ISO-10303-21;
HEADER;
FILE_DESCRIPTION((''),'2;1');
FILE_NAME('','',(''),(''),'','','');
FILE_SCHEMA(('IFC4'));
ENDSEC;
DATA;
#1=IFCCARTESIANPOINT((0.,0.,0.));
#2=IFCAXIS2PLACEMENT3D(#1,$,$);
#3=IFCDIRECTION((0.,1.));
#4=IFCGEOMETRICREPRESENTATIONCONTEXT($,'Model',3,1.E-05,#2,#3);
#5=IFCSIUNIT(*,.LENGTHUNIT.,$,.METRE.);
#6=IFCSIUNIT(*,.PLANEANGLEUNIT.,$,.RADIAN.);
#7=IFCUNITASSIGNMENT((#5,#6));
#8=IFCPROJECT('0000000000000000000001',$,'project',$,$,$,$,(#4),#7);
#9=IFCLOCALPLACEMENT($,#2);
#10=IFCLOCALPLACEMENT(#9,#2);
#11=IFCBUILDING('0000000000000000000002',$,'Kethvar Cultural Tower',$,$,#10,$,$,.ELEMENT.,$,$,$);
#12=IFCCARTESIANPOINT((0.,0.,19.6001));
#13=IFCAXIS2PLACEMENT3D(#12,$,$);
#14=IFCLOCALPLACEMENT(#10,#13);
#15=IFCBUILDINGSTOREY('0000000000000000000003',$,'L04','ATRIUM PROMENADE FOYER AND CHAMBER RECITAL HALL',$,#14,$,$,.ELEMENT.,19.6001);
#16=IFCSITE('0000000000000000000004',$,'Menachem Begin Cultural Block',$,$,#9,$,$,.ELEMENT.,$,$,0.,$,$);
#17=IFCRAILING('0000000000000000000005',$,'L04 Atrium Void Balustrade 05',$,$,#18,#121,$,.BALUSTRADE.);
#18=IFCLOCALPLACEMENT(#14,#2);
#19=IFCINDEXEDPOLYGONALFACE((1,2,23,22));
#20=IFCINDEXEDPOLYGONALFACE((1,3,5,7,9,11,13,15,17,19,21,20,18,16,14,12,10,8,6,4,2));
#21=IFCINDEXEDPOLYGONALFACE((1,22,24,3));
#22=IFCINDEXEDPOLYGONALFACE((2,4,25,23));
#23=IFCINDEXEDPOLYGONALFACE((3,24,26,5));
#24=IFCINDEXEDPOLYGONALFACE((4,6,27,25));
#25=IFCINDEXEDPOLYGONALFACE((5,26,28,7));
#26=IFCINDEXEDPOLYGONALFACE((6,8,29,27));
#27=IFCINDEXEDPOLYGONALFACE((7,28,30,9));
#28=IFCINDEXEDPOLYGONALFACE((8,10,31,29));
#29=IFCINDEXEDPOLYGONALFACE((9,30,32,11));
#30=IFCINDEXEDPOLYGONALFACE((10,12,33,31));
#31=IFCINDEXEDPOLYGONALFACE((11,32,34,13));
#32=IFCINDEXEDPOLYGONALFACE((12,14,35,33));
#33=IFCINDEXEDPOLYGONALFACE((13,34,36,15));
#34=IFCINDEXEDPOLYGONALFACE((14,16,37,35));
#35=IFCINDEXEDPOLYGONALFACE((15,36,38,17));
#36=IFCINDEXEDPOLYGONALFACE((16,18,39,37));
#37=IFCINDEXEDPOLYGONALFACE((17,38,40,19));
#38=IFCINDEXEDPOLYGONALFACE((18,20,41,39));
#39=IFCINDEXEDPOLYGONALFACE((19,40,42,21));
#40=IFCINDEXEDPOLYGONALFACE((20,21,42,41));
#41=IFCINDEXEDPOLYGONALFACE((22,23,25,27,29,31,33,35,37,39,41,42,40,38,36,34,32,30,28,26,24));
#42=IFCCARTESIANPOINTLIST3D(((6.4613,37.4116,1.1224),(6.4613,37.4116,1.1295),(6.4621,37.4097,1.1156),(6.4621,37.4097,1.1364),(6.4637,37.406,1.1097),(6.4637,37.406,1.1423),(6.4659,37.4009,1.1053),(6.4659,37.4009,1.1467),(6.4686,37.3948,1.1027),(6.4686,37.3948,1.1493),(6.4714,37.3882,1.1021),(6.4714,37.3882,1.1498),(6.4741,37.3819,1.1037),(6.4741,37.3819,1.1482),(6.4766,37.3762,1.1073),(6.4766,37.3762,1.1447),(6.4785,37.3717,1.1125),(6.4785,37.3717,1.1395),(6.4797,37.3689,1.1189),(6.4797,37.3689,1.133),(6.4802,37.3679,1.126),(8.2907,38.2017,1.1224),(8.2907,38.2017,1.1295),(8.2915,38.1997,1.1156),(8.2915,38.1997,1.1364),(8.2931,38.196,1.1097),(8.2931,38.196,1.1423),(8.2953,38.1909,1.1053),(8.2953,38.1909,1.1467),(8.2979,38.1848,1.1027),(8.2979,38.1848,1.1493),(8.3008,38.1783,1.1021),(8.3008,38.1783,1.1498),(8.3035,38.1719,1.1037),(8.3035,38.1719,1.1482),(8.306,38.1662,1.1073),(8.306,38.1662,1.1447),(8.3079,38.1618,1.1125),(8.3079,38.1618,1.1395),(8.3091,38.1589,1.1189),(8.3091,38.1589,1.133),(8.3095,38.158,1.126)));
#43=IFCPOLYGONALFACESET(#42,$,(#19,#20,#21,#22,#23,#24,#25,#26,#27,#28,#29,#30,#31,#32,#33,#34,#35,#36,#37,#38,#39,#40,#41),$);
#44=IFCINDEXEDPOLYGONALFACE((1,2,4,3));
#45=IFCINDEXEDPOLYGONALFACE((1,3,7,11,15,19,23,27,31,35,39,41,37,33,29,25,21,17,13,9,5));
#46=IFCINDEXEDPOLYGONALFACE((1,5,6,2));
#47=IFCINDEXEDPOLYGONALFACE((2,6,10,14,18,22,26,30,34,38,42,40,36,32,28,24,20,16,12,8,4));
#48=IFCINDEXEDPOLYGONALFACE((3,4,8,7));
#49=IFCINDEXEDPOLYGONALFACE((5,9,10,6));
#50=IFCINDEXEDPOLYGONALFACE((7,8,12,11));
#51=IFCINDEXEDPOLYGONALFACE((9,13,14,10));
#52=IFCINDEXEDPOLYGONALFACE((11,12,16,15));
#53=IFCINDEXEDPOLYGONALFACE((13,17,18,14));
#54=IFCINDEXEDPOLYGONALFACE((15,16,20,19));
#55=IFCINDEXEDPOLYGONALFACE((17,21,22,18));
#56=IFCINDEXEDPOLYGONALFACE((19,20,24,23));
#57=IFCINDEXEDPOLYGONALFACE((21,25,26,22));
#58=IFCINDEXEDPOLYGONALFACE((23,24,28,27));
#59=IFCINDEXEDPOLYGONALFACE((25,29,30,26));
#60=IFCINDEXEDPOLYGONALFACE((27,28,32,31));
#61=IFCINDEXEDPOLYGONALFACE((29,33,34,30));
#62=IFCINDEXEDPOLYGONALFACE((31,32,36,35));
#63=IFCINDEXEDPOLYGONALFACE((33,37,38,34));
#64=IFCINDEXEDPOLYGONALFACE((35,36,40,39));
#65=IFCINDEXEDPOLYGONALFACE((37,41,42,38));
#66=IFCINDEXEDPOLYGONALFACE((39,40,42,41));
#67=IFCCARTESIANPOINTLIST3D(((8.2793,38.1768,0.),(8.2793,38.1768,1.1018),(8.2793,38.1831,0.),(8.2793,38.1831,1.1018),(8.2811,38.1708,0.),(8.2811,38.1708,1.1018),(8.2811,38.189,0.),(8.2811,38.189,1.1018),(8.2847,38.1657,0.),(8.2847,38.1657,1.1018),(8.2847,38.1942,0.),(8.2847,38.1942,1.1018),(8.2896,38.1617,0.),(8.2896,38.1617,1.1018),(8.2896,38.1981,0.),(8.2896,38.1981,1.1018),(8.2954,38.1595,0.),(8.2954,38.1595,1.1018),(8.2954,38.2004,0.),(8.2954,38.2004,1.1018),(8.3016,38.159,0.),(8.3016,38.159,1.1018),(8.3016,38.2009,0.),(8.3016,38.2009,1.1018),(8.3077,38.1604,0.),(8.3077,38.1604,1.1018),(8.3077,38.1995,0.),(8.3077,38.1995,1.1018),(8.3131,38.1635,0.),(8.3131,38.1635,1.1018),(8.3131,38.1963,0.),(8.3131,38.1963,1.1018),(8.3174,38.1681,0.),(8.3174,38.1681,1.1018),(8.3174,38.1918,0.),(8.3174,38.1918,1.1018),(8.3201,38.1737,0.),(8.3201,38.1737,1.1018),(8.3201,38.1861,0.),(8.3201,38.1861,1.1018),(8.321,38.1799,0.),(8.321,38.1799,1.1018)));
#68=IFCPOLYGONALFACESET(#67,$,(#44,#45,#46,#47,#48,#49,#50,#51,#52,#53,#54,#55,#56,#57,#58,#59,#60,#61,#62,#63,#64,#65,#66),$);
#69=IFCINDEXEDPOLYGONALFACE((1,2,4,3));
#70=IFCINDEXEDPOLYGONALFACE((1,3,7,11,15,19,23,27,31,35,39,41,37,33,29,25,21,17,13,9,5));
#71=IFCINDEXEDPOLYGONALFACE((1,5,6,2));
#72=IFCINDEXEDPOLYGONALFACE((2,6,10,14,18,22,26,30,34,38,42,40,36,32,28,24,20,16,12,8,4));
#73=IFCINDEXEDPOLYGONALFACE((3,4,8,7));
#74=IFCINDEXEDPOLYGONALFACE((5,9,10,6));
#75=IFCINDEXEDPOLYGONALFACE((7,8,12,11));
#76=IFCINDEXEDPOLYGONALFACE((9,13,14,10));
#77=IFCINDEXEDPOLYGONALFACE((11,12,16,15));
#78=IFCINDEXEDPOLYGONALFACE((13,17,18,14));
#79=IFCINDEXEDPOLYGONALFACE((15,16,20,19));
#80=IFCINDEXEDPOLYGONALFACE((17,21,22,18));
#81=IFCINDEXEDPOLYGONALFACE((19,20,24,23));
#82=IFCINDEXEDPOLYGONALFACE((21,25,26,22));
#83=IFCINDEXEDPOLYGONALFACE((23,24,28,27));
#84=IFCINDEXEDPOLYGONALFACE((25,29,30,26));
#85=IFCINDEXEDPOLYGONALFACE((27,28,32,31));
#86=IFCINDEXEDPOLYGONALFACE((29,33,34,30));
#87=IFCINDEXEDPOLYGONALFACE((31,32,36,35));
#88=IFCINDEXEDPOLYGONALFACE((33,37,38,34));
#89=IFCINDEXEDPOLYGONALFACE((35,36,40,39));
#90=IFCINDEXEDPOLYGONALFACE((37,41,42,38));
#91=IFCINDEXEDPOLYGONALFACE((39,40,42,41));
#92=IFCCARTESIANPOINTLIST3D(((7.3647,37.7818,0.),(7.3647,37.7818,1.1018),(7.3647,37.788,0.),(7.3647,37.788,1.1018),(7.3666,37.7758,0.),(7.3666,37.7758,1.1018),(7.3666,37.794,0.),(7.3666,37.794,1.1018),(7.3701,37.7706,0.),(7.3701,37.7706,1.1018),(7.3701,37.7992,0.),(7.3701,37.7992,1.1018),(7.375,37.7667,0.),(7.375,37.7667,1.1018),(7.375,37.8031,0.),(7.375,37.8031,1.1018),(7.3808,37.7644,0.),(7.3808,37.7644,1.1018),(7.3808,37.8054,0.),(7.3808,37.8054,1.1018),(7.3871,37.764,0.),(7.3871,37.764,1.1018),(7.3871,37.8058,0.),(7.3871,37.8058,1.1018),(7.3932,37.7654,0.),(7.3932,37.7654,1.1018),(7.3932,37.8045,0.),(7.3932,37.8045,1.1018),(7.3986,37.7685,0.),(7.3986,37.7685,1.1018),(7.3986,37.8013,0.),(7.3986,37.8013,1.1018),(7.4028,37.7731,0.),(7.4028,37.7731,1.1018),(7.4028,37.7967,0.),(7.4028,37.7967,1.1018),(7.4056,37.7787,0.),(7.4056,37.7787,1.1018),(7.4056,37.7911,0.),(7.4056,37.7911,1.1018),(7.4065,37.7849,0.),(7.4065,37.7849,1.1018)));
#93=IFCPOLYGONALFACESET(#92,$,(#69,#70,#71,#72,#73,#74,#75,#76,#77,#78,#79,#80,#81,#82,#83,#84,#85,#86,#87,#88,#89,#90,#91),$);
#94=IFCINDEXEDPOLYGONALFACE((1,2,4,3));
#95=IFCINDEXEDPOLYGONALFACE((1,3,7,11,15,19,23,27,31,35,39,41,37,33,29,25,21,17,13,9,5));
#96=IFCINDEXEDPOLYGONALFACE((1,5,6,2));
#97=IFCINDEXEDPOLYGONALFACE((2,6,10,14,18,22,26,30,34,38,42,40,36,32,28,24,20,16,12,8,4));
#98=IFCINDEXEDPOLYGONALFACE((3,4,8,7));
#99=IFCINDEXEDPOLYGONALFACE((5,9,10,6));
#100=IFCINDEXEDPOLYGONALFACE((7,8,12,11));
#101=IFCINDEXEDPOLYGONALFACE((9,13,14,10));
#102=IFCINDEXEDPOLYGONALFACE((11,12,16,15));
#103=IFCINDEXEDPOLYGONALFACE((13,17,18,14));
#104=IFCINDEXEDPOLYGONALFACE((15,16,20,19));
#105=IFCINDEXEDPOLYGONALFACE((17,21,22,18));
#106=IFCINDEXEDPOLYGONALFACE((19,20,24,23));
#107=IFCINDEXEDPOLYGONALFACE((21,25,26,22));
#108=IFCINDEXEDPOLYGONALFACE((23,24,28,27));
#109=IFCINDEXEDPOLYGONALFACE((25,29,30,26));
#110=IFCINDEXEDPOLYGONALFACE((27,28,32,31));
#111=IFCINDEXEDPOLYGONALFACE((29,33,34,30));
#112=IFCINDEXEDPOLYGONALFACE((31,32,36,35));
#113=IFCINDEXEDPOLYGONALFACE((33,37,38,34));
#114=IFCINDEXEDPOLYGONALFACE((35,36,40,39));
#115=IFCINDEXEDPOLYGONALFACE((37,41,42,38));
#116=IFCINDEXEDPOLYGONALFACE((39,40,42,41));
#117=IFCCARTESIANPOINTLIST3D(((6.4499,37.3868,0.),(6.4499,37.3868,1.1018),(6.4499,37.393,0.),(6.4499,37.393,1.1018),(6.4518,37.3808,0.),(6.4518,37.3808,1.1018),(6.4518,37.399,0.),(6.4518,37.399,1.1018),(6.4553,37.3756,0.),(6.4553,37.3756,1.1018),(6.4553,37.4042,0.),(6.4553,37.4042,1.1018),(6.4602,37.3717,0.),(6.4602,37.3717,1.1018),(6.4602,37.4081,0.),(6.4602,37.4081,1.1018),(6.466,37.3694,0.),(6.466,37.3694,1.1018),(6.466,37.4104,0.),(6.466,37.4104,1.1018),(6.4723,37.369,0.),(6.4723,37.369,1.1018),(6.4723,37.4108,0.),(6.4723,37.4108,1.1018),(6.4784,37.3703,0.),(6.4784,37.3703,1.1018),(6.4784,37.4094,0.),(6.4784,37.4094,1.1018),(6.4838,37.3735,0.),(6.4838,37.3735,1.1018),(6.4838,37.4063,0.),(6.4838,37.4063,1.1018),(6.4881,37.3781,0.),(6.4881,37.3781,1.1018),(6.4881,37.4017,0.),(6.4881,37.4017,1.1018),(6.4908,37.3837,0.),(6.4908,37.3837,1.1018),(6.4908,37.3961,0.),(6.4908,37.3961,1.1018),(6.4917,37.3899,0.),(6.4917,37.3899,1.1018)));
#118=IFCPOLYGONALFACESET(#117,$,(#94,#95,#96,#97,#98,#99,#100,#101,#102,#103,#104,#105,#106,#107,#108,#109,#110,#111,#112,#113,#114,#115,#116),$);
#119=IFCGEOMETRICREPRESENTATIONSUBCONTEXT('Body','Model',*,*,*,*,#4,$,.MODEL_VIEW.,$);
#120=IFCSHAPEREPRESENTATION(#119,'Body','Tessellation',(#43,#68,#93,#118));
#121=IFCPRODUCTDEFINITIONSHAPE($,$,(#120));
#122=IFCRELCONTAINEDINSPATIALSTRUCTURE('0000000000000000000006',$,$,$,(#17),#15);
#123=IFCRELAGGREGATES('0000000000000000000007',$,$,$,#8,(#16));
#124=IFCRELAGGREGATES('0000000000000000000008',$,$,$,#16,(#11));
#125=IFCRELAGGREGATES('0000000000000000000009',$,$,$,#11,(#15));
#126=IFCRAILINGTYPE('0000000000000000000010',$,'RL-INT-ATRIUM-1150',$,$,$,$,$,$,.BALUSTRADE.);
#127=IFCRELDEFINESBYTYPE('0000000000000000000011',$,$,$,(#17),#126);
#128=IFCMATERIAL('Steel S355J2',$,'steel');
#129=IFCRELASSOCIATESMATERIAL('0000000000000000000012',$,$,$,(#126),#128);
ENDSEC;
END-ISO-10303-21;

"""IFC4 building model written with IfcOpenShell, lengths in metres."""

from ifc_helpers import new_model, si_unit, direction, frame, origin, origin_2d, place, context, subcontext, project, spatial, circle, extrude, material, type_object, element, save


model = new_model("IFC4")

# Units and contexts
model_context = context("Model", 3, precision=1e-05, world=origin(), true_north=direction((0.0, 1.0)))
body_context = subcontext(model_context, "Body", "Model", "MODEL_VIEW")
ifc_project = project(units=[si_unit("LENGTHUNIT", "METRE"), si_unit("PLANEANGLEUNIT", "RADIAN")], contexts=[model_context])

# Site, building, storey
site_placement = place(None, origin())
site = spatial("IfcSite", under=ifc_project, at=site_placement, Name="Menachem Begin Cultural Block", CompositionType="ELEMENT", RefElevation=0.0)
building_placement = place(site_placement, origin())
building = spatial("IfcBuilding", under=site, at=building_placement, Name="Kethvar Cultural Tower", CompositionType="ELEMENT")
storey_placement = place(building_placement, frame((0.0, 0.0, 19.6001)))
storey = spatial("IfcBuildingStorey", under=building, at=storey_placement, Name="L04", Description="ATRIUM PROMENADE FOYER AND CHAMBER RECITAL HALL", CompositionType="ELEMENT", Elevation=19.6001)

# Shared definitions
ifc_material_1 = material(Name="Steel S355J2", Category="steel")

# Railing
railing_type_1 = type_object("IfcRailingType", Name="RL-INT-ATRIUM-1150", PredefinedType="BALUSTRADE", material=ifc_material_1)
railing_1_placement = place(storey_placement, frame((8.3, 38.1799, 0.0)))
element("IfcRailing", 1, at=railing_1_placement, inside=storey, type_object=railing_type_1, Name="L04 Atrium Void Balustrade 05", PredefinedType="BALUSTRADE", context=body_context, shape_type="SweptSolid", body=[
    extrude(circle(Radius=0.0239, at=origin_2d()), frame((0.0, 0.0, 1.126), z_axis=(-0.918045, -0.396476, 0.0), x_axis=(0.396476, -0.918045, 0.0)), (0.0, 0.0, 1.0), 1.9927),
    extrude(circle(Radius=0.021, at=origin_2d()), origin(), (0.0, 0.0, 1.0), 1.1018),
    extrude(circle(Radius=0.021, at=origin_2d()), frame((-0.9146, -0.395, 0.0)), (0.0, 0.0, 1.0), 1.1018),
    extrude(circle(Radius=0.021, at=origin_2d()), frame((-1.8293, -0.79, 0.0)), (0.0, 0.0, 1.0), 1.1018),
])

save(model, "model.ifc")
